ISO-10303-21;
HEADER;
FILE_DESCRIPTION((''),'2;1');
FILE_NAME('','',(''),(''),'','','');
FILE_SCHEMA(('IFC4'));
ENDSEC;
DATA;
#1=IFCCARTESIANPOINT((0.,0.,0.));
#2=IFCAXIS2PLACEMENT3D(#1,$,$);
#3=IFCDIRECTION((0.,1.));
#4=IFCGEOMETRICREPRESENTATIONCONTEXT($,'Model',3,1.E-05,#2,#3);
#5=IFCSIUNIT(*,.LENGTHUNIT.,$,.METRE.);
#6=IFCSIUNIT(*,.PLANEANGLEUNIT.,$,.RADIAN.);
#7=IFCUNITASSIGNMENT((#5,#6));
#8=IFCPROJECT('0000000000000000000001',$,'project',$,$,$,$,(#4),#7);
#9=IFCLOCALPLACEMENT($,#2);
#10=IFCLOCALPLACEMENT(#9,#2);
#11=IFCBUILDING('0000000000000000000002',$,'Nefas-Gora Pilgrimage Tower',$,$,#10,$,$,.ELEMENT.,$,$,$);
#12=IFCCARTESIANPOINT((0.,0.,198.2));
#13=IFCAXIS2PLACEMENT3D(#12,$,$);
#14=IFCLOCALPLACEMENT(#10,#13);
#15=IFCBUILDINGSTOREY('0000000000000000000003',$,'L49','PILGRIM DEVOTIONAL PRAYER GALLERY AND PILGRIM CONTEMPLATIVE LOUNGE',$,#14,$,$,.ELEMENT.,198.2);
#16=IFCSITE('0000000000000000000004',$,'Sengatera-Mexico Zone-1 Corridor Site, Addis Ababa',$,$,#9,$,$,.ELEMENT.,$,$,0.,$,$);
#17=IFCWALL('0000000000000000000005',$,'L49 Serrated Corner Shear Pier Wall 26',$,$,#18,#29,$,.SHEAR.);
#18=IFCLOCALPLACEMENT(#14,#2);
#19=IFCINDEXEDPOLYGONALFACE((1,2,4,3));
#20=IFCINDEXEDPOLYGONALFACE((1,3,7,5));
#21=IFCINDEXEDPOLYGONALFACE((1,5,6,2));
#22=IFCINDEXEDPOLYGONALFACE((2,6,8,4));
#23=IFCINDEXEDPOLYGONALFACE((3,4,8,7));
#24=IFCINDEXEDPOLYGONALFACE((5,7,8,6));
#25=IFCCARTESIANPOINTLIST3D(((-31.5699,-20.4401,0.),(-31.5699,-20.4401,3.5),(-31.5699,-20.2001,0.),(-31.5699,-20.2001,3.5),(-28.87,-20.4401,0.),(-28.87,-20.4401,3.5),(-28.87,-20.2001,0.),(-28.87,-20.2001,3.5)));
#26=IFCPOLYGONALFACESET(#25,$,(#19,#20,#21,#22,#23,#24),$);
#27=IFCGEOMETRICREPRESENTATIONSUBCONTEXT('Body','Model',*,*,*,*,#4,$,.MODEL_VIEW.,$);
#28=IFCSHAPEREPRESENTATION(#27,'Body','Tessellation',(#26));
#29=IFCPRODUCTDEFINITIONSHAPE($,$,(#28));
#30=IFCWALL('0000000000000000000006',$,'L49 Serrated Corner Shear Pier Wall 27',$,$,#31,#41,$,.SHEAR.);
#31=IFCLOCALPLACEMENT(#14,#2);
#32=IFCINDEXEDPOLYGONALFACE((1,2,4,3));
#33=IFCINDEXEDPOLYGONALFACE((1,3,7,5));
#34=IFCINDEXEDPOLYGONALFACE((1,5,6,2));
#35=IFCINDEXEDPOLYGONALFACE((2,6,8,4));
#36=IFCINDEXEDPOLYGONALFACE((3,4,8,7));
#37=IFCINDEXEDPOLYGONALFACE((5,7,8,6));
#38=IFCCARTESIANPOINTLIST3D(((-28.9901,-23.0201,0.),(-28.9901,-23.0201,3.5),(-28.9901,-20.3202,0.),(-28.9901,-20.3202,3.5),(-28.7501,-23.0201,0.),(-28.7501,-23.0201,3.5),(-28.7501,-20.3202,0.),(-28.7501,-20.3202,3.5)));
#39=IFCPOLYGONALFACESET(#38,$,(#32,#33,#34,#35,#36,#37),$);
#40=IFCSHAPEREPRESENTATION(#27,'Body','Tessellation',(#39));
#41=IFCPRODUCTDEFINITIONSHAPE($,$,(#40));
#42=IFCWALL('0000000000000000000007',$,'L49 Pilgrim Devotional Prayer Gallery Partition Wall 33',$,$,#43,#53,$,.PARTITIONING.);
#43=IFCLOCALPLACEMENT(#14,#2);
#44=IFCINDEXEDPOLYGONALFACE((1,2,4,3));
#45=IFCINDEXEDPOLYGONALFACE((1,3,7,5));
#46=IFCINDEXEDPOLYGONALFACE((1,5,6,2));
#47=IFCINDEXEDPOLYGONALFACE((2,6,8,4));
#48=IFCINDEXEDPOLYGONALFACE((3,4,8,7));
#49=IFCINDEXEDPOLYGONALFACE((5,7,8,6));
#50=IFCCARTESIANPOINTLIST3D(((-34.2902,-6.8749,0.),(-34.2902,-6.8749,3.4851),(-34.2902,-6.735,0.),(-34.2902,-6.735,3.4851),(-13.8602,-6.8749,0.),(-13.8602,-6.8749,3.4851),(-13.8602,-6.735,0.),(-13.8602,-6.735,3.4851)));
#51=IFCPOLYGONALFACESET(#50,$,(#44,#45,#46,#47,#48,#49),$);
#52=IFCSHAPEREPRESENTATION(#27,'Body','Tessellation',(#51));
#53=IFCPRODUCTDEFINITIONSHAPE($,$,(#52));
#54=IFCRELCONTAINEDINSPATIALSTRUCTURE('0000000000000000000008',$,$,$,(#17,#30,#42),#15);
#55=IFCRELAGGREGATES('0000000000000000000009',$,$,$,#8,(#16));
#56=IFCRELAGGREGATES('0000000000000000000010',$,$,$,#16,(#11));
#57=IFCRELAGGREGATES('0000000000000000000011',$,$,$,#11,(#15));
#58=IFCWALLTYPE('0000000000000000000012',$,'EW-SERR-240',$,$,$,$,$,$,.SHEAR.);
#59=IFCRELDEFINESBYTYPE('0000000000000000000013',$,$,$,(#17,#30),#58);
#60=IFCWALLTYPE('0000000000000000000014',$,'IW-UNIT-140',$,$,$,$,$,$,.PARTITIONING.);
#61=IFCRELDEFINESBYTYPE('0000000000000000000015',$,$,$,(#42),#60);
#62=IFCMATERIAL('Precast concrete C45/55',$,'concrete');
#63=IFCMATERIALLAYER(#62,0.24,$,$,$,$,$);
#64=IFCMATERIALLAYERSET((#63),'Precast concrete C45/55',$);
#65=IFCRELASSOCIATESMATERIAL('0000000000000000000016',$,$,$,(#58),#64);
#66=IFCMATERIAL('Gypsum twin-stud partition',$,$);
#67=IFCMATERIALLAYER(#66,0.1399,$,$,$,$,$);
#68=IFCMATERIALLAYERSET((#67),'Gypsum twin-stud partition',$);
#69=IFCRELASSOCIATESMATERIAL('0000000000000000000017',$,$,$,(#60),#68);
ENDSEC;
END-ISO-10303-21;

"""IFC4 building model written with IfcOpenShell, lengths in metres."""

from ifc_helpers import new_model, si_unit, direction, frame, frame_2d, origin, place, context, subcontext, project, spatial, rectangle, extrude, source, transform, mapped, material, layer, layer_set, type_object, element, save


model = new_model("IFC4")

# Units and contexts
model_context = context("Model", 3, precision=1e-05, world=origin(), true_north=direction((0.0, 1.0)))
body_context = subcontext(model_context, "Body", "Model", "MODEL_VIEW")
ifc_project = project(units=[si_unit("LENGTHUNIT", "METRE"), si_unit("PLANEANGLEUNIT", "RADIAN")], contexts=[model_context])

# Site, building, storey
site_placement = place(None, origin())
site = spatial("IfcSite", under=ifc_project, at=site_placement, Name="Sengatera-Mexico Zone-1 Corridor Site, Addis Ababa", CompositionType="ELEMENT", RefElevation=0.0)
building_placement = place(site_placement, origin())
building = spatial("IfcBuilding", under=site, at=building_placement, Name="Nefas-Gora Pilgrimage Tower", CompositionType="ELEMENT")
storey_placement = place(building_placement, frame((0.0, 0.0, 198.2)))
storey = spatial("IfcBuildingStorey", under=building, at=storey_placement, Name="L49", Description="PILGRIM DEVOTIONAL PRAYER GALLERY AND PILGRIM CONTEMPLATIVE LOUNGE", CompositionType="ELEMENT", Elevation=198.2)

# Shared definitions
ifc_material_1 = material(Name="Precast concrete C45/55", Category="concrete")
ifc_layer_1 = layer(ifc_material_1, 0.24)
ifc_layer_set_1 = layer_set([ifc_layer_1], Name="Precast concrete C45/55")
wall_type_1 = type_object("IfcWallType", Name="EW-SERR-240", PredefinedType="SHEAR", material=ifc_layer_set_1)
shared_shape_1 = source(origin(), body_context, "Body", "SweptSolid", [
    extrude(rectangle(XDim=2.7, YDim=0.24, at=frame_2d((1.3501, 0.0))), origin(), (0.0, 0.0, 1.0), 3.5),
])

# Walls
for number, where, z_axis, x_axis, name in (
    (1, (-31.5701, -20.3201, 0.0), (0.0, 0.0, 1.0), (1.0, 0.0, 0.0), "L49 Serrated Corner Shear Pier Wall 26"),
    (2, (-28.8701, -20.3201, 0.0), (0.0, 0.0, 1.0), (0.0, -1.0, 0.0), "L49 Serrated Corner Shear Pier Wall 27"),
):
    element("IfcWall", number, at=place(storey_placement, frame(where, z_axis=z_axis, x_axis=x_axis)), inside=storey, type_object=wall_type_1, Name=name, PredefinedType="SHEAR", context=body_context, shape_type="MappedRepresentation", body=[
        mapped(shared_shape_1, transform((0.0, 0.0, 0.0), x_axis=(1.0, 0.0, 0.0), y_axis=(0.0, 1.0, 0.0), z_axis=(0.0, 0.0, 1.0), scale=1.0)),
    ])
ifc_material_2 = material(Name="Gypsum twin-stud partition")
ifc_layer_2 = layer(ifc_material_2, 0.1399)
ifc_layer_set_2 = layer_set([ifc_layer_2], Name="Gypsum twin-stud partition")
wall_type_2 = type_object("IfcWallType", Name="IW-UNIT-140", PredefinedType="PARTITIONING", material=ifc_layer_set_2)
shared_shape_2 = source(origin(), body_context, "Body", "SweptSolid", [
    extrude(rectangle(XDim=20.4299, YDim=0.1399, at=frame_2d((10.2148, 0.0))), origin(), (0.0, 0.0, 1.0), 3.4851),
])
wall_1_placement = place(storey_placement, frame((-34.29, -6.8049, 0.0), z_axis=(0.0, 0.0, 1.0), x_axis=(1.0, 0.0, 0.0)))
element("IfcWall", 3, at=wall_1_placement, inside=storey, type_object=wall_type_2, Name="L49 Pilgrim Devotional Prayer Gallery Partition Wall 33", PredefinedType="PARTITIONING", context=body_context, shape_type="MappedRepresentation", body=[
    mapped(shared_shape_2, transform((0.0, 0.0, 0.0), x_axis=(1.0, 0.0, 0.0), y_axis=(0.0, 1.0, 0.0), z_axis=(0.0, 0.0, 1.0), scale=1.0)),
])

save(model, "model.ifc")
